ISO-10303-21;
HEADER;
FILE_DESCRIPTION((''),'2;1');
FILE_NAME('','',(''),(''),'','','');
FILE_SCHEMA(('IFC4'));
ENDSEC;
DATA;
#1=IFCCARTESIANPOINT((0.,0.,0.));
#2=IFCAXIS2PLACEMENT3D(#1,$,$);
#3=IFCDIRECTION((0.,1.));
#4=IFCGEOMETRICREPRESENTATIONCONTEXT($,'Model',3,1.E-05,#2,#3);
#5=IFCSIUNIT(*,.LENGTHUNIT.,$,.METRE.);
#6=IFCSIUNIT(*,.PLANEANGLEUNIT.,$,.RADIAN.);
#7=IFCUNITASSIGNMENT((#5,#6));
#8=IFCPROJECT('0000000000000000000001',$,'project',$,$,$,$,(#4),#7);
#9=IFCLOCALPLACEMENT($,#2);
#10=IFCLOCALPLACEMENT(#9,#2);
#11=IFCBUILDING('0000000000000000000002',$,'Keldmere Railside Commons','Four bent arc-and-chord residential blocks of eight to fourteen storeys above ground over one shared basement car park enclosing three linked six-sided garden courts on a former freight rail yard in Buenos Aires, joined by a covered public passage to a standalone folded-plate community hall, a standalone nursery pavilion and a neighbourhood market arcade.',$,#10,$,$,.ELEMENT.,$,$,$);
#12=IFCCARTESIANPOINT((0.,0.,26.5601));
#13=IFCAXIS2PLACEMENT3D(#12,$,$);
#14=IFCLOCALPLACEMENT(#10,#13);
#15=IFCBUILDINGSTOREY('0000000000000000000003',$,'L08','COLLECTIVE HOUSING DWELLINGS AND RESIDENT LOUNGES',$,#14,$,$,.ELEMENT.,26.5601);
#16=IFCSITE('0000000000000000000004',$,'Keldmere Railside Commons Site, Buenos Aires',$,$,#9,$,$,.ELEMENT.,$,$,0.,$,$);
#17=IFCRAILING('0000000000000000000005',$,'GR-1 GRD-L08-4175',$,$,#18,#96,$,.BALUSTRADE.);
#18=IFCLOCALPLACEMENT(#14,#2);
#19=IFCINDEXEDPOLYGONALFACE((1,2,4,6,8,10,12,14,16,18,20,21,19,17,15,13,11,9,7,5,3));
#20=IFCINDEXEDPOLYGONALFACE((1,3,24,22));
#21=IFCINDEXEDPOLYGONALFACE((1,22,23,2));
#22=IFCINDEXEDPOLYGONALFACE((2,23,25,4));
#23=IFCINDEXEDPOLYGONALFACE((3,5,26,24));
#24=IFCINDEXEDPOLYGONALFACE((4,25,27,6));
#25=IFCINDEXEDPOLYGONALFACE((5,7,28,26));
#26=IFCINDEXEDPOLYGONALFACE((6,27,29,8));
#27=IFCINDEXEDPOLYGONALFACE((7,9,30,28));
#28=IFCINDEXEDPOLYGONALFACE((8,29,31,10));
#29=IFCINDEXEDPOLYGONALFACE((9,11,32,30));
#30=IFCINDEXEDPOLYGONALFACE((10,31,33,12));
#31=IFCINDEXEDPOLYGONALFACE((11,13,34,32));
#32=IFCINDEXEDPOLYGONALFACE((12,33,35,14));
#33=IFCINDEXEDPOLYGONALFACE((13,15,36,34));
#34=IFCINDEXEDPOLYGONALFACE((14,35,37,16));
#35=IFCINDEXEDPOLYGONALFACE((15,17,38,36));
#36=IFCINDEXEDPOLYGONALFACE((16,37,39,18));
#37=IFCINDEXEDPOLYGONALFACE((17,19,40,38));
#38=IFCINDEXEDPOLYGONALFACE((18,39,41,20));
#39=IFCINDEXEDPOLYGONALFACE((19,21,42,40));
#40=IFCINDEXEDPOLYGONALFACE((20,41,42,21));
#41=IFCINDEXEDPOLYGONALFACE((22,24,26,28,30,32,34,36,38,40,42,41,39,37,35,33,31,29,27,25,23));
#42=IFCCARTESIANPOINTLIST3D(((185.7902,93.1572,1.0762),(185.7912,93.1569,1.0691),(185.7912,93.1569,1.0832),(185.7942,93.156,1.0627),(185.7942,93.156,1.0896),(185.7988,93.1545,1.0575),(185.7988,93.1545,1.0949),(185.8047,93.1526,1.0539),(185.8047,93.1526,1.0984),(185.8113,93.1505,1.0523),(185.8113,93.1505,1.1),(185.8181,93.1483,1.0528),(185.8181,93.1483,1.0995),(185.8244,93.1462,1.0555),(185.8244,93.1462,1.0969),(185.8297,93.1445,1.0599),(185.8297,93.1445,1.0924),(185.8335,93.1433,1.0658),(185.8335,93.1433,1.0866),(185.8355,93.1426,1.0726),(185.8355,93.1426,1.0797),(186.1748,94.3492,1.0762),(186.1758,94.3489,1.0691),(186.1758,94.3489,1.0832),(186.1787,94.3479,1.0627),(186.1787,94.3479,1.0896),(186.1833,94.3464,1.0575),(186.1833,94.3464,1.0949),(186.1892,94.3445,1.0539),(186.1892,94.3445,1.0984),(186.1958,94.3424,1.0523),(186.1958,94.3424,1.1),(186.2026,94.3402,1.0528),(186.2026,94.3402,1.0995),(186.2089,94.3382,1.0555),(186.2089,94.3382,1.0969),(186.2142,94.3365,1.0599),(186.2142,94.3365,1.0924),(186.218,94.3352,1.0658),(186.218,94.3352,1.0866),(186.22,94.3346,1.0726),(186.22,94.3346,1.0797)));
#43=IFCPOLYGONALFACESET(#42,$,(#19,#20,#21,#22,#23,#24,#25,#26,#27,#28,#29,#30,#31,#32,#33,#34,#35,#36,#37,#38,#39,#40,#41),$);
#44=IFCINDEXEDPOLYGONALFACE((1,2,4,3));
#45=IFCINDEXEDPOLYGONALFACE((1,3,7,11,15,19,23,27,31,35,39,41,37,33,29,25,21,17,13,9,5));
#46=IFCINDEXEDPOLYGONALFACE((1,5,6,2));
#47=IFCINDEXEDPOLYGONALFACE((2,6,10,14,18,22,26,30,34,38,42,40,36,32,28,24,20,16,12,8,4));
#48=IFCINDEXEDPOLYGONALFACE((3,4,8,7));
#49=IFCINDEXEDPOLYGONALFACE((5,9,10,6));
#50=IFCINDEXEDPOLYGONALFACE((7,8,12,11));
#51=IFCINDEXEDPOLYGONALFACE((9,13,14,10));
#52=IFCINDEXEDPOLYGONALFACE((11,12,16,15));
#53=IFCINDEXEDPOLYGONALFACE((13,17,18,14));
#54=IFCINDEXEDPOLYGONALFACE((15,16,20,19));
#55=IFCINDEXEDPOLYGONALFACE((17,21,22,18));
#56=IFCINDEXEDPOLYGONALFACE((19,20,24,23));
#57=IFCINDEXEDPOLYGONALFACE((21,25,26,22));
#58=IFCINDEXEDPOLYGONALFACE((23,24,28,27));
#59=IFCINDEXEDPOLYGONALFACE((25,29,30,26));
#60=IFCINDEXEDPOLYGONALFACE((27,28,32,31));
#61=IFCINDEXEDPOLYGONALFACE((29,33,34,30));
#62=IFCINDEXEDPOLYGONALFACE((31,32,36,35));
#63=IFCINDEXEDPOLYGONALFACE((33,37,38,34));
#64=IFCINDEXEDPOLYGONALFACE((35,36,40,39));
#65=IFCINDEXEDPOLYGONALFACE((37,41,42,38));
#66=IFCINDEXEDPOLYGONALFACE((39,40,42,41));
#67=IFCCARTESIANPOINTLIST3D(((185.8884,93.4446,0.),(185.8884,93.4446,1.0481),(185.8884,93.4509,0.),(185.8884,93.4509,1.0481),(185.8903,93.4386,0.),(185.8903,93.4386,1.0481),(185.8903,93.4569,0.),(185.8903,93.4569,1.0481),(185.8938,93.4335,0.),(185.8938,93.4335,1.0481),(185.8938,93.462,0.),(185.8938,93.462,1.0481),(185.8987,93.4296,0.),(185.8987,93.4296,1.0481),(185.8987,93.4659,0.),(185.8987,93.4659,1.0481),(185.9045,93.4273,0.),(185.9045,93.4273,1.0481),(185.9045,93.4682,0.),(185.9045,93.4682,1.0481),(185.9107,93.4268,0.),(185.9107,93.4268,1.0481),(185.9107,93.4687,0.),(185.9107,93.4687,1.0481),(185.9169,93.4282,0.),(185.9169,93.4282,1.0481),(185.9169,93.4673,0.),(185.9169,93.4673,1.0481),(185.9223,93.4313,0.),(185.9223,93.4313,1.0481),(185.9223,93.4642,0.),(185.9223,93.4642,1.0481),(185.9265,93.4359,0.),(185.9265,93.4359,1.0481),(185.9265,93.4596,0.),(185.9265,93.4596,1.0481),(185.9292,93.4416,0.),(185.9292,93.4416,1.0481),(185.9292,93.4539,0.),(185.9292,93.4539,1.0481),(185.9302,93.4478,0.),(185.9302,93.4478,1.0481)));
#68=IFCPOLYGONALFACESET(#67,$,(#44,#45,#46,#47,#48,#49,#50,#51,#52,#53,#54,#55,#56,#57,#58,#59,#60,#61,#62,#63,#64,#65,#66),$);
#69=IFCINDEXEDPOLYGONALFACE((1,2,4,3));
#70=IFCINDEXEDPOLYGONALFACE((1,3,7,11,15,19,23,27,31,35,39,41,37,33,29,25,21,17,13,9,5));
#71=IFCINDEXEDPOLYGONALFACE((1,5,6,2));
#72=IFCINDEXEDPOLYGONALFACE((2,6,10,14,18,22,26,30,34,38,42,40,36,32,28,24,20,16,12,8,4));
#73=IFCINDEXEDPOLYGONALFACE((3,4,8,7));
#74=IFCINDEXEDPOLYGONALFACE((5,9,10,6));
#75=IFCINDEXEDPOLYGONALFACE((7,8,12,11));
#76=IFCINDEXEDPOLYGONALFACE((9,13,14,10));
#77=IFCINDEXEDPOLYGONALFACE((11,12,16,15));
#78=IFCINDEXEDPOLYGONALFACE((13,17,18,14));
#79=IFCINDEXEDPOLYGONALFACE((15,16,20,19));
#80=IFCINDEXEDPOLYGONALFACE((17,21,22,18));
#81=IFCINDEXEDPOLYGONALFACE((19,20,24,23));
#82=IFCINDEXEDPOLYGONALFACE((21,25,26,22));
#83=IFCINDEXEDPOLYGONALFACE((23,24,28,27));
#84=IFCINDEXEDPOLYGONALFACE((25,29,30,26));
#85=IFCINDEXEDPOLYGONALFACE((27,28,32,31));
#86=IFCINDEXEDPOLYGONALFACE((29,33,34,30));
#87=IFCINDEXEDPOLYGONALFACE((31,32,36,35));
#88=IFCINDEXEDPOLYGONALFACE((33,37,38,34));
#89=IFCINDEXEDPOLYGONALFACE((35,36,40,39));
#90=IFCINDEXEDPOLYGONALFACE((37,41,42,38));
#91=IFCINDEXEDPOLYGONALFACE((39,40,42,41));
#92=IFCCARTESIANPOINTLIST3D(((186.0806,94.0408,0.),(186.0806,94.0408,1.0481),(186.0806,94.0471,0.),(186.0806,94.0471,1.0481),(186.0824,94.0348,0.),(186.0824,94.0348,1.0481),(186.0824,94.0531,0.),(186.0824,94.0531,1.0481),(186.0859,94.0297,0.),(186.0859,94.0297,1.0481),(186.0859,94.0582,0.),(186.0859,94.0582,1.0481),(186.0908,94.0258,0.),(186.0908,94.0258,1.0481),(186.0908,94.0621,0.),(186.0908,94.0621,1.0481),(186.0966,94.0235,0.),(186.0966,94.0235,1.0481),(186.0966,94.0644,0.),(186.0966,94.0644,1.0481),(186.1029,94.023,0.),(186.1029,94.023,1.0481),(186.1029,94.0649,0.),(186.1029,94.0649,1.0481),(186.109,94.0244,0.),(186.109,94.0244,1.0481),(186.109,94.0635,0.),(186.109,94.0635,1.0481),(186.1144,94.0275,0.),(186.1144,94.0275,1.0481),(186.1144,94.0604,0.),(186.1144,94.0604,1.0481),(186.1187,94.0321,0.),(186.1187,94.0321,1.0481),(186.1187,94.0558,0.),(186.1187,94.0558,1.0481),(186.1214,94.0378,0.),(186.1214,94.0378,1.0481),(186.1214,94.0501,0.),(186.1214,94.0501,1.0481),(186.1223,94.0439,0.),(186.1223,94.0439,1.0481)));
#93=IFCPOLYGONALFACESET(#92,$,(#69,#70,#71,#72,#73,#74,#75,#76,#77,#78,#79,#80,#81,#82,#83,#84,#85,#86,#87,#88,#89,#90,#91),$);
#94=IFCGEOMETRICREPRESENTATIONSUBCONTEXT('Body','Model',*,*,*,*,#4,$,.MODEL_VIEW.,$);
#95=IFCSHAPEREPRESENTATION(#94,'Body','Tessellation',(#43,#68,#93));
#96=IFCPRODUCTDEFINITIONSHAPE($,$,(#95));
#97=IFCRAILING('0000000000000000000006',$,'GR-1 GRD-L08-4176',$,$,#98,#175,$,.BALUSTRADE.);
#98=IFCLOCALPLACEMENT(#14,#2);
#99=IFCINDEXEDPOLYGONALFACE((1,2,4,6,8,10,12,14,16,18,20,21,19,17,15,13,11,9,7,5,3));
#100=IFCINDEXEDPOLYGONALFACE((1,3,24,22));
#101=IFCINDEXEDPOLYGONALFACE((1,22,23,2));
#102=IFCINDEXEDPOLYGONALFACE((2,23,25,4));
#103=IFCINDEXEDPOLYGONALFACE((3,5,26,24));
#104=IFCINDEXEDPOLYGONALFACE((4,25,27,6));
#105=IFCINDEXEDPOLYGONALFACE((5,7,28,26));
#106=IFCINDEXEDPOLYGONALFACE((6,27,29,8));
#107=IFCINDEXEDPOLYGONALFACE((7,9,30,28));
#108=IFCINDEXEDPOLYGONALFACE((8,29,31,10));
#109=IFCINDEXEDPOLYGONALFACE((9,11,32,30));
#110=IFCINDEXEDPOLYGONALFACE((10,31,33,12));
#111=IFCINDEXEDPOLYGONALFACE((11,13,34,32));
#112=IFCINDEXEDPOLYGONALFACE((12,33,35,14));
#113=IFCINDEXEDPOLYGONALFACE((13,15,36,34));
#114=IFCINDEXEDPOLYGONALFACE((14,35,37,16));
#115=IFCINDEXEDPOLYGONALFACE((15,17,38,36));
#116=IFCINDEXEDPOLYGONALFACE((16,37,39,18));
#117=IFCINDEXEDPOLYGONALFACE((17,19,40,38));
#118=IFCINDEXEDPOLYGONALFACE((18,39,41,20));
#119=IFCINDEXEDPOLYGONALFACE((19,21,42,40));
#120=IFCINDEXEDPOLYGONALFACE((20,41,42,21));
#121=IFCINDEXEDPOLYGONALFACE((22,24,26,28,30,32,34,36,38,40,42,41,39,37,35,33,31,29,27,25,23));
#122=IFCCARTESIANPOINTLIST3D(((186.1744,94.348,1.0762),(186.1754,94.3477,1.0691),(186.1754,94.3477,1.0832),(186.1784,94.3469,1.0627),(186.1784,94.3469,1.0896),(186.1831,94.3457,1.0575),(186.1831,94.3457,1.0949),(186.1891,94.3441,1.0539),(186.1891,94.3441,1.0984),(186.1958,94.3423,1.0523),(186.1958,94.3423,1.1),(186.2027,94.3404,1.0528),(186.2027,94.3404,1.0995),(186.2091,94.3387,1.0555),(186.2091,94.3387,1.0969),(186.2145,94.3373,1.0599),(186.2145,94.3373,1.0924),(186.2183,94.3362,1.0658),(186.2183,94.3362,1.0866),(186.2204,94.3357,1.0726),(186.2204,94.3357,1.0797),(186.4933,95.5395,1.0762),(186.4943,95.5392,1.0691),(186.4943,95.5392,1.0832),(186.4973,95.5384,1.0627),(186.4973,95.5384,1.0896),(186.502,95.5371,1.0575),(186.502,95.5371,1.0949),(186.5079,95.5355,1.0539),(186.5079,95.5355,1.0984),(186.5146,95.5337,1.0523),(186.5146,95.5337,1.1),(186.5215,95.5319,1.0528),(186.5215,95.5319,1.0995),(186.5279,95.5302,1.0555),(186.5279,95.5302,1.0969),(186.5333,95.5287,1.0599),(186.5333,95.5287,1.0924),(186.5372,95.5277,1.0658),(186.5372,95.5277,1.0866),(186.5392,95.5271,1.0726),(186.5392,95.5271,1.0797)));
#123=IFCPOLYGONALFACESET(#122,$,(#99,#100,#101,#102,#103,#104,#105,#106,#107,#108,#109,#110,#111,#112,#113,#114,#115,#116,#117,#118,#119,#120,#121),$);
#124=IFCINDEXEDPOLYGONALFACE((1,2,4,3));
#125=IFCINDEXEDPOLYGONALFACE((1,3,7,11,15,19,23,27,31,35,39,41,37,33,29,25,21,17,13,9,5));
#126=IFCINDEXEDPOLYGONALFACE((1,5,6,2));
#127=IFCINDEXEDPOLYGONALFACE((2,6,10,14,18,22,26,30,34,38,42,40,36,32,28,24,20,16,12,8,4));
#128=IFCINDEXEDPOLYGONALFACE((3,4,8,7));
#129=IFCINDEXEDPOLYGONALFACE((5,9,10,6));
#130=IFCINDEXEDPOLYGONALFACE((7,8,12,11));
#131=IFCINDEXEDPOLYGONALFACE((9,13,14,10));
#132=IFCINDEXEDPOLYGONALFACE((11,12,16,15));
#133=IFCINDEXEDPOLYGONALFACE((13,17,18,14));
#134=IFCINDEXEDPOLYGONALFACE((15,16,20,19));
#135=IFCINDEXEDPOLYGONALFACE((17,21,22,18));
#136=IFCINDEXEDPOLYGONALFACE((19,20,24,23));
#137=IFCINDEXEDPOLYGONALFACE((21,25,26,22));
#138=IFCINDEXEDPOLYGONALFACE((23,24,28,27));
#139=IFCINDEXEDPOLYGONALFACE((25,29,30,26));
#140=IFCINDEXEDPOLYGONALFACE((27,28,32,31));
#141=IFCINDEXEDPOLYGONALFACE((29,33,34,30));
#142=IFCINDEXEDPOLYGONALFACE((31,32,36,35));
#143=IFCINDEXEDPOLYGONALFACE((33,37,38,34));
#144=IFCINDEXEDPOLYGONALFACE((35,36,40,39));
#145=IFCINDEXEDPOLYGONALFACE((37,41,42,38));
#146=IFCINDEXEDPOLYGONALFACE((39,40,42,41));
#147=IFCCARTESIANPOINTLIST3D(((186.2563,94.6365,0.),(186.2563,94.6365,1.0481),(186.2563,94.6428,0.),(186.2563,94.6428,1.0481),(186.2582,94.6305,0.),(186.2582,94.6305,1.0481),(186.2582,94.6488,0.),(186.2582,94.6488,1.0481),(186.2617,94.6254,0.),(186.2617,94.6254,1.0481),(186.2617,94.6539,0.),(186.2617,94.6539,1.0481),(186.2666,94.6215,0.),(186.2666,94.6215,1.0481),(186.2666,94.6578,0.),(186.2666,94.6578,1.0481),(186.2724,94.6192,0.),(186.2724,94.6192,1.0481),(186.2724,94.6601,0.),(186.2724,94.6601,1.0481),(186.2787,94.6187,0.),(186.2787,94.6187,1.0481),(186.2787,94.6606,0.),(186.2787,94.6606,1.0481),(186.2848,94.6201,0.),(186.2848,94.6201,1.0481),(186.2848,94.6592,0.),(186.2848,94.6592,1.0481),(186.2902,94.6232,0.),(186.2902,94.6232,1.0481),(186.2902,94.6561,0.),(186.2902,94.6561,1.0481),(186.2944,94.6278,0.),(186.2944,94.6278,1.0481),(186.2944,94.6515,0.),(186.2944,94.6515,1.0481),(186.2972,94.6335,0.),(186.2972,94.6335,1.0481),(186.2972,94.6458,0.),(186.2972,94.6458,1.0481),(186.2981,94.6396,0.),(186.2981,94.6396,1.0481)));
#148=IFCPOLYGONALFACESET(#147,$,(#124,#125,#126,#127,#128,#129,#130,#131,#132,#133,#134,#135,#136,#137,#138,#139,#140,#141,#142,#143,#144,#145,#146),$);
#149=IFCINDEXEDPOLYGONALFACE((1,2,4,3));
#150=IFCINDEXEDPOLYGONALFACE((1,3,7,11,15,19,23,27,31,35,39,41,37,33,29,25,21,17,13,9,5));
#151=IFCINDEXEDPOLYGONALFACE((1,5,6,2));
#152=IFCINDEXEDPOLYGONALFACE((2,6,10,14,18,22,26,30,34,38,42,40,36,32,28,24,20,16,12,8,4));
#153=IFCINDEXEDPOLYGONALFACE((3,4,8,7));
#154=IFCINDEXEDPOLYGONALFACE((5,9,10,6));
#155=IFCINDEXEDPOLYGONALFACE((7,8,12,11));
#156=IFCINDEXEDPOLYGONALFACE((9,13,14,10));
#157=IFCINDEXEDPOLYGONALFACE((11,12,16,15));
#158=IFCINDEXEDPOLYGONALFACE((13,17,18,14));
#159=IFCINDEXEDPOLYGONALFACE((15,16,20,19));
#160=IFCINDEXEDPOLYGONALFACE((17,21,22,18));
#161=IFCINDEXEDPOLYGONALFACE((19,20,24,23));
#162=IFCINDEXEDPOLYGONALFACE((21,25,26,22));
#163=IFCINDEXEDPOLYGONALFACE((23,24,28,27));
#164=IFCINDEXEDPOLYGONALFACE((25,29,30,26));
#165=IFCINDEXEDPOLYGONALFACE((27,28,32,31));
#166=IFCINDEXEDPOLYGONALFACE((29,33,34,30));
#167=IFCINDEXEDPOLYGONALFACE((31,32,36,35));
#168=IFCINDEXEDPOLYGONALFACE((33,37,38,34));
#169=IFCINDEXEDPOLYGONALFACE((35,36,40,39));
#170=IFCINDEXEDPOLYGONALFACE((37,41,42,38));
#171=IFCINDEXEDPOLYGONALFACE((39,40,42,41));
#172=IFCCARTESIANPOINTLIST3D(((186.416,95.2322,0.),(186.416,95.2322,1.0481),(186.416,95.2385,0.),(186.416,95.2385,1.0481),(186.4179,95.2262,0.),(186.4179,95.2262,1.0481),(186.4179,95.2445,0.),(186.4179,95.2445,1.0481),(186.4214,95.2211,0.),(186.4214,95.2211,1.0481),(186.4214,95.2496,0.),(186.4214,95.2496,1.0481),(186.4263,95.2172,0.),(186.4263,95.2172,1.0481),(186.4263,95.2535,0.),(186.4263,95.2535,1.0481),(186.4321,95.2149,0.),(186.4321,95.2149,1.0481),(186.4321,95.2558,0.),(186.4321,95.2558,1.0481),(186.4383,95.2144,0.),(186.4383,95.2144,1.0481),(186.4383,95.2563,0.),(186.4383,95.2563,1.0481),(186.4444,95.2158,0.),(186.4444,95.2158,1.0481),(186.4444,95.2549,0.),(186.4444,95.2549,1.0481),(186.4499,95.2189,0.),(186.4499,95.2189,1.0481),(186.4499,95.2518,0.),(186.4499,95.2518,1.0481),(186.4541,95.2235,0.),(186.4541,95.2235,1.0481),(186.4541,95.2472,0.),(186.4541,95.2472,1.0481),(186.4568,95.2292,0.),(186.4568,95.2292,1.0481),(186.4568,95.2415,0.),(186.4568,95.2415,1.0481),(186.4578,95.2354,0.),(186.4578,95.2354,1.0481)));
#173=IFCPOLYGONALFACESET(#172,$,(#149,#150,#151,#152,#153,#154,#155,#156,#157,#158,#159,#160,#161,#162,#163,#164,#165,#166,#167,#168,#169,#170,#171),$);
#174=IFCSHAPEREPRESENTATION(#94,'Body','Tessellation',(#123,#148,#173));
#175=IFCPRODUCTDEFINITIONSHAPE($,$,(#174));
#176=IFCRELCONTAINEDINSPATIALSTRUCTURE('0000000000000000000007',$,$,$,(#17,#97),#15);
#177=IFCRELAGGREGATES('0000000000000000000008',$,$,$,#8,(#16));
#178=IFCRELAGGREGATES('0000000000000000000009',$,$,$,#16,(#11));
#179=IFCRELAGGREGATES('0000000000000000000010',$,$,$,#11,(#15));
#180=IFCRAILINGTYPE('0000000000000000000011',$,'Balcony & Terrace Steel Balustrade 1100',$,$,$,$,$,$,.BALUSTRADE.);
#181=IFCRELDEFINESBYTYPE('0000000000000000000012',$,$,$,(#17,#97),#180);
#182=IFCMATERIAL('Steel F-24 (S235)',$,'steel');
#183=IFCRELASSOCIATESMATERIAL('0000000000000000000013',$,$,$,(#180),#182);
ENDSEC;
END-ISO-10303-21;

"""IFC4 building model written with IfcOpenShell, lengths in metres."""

from ifc_helpers import new_model, si_unit, direction, frame, origin, origin_2d, place, context, subcontext, project, spatial, circle, extrude, material, type_object, element, save


model = new_model("IFC4")

# Units and contexts
model_context = context("Model", 3, precision=1e-05, world=origin(), true_north=direction((0.0, 1.0)))
body_context = subcontext(model_context, "Body", "Model", "MODEL_VIEW")
ifc_project = project(units=[si_unit("LENGTHUNIT", "METRE"), si_unit("PLANEANGLEUNIT", "RADIAN")], contexts=[model_context])

# Site, building, storey
site_placement = place(None, origin())
site = spatial("IfcSite", under=ifc_project, at=site_placement, Name="Keldmere Railside Commons Site, Buenos Aires", CompositionType="ELEMENT", RefElevation=0.0)
building_placement = place(site_placement, origin())
building = spatial("IfcBuilding", under=site, at=building_placement, Name="Keldmere Railside Commons", Description="Four bent arc-and-chord residential blocks of eight to fourteen storeys above ground over one shared basement car park enclosing three linked six-sided garden courts on a former freight rail yard in Buenos Aires, joined by a covered public passage to a standalone folded-plate community hall, a standalone nursery pavilion and a neighbourhood market arcade.", CompositionType="ELEMENT")
storey_placement = place(building_placement, frame((0.0, 0.0, 26.5601)))
storey = spatial("IfcBuildingStorey", under=building, at=storey_placement, Name="L08", Description="COLLECTIVE HOUSING DWELLINGS AND RESIDENT LOUNGES", CompositionType="ELEMENT", Elevation=26.5601)

# Railings
ifc_material_1 = material(Name="Steel F-24 (S235)", Category="steel")
railing_type = type_object("IfcRailingType", Name="Balcony & Terrace Steel Balustrade 1100", PredefinedType="BALUSTRADE", material=ifc_material_1)
railing_1_placement = place(storey_placement, frame((185.813, 93.1499, 0.0)))
element("IfcRailing", 1, at=railing_1_placement, inside=storey, type_object=railing_type, Name="GR-1 GRD-L08-4175", PredefinedType="BALUSTRADE", context=body_context, shape_type="SweptSolid", body=[
    extrude(circle(Radius=0.0239, at=origin_2d()), frame((0.0, 0.0, 1.0762), z_axis=(0.307031, 0.951699, 0.0), x_axis=(-0.951699, 0.307031, 0.0)), (0.0, 0.0, 1.0), 1.2524),
    extrude(circle(Radius=0.021, at=origin_2d()), frame((0.0962, 0.2979, 0.0)), (0.0, 0.0, 1.0), 1.0481),
    extrude(circle(Radius=0.021, at=origin_2d()), frame((0.2883, 0.894, 0.0)), (0.0, 0.0, 1.0), 1.0481),
])
railing_2_placement = place(storey_placement, frame((186.1975, 94.3418, 0.0)))
element("IfcRailing", 2, at=railing_2_placement, inside=storey, type_object=railing_type, Name="GR-1 GRD-L08-4176", PredefinedType="BALUSTRADE", context=body_context, shape_type="SweptSolid", body=[
    extrude(circle(Radius=0.0239, at=origin_2d()), frame((0.0, 0.0, 1.0762), z_axis=(0.258525, 0.966005, 0.0), x_axis=(-0.966005, 0.258525, 0.0)), (0.0, 0.0, 1.0), 1.2334),
    extrude(circle(Radius=0.021, at=origin_2d()), frame((0.0796, 0.2979, 0.0)), (0.0, 0.0, 1.0), 1.0481),
    extrude(circle(Radius=0.021, at=origin_2d()), frame((0.2393, 0.8936, 0.0)), (0.0, 0.0, 1.0), 1.0481),
])

save(model, "model.ifc")
